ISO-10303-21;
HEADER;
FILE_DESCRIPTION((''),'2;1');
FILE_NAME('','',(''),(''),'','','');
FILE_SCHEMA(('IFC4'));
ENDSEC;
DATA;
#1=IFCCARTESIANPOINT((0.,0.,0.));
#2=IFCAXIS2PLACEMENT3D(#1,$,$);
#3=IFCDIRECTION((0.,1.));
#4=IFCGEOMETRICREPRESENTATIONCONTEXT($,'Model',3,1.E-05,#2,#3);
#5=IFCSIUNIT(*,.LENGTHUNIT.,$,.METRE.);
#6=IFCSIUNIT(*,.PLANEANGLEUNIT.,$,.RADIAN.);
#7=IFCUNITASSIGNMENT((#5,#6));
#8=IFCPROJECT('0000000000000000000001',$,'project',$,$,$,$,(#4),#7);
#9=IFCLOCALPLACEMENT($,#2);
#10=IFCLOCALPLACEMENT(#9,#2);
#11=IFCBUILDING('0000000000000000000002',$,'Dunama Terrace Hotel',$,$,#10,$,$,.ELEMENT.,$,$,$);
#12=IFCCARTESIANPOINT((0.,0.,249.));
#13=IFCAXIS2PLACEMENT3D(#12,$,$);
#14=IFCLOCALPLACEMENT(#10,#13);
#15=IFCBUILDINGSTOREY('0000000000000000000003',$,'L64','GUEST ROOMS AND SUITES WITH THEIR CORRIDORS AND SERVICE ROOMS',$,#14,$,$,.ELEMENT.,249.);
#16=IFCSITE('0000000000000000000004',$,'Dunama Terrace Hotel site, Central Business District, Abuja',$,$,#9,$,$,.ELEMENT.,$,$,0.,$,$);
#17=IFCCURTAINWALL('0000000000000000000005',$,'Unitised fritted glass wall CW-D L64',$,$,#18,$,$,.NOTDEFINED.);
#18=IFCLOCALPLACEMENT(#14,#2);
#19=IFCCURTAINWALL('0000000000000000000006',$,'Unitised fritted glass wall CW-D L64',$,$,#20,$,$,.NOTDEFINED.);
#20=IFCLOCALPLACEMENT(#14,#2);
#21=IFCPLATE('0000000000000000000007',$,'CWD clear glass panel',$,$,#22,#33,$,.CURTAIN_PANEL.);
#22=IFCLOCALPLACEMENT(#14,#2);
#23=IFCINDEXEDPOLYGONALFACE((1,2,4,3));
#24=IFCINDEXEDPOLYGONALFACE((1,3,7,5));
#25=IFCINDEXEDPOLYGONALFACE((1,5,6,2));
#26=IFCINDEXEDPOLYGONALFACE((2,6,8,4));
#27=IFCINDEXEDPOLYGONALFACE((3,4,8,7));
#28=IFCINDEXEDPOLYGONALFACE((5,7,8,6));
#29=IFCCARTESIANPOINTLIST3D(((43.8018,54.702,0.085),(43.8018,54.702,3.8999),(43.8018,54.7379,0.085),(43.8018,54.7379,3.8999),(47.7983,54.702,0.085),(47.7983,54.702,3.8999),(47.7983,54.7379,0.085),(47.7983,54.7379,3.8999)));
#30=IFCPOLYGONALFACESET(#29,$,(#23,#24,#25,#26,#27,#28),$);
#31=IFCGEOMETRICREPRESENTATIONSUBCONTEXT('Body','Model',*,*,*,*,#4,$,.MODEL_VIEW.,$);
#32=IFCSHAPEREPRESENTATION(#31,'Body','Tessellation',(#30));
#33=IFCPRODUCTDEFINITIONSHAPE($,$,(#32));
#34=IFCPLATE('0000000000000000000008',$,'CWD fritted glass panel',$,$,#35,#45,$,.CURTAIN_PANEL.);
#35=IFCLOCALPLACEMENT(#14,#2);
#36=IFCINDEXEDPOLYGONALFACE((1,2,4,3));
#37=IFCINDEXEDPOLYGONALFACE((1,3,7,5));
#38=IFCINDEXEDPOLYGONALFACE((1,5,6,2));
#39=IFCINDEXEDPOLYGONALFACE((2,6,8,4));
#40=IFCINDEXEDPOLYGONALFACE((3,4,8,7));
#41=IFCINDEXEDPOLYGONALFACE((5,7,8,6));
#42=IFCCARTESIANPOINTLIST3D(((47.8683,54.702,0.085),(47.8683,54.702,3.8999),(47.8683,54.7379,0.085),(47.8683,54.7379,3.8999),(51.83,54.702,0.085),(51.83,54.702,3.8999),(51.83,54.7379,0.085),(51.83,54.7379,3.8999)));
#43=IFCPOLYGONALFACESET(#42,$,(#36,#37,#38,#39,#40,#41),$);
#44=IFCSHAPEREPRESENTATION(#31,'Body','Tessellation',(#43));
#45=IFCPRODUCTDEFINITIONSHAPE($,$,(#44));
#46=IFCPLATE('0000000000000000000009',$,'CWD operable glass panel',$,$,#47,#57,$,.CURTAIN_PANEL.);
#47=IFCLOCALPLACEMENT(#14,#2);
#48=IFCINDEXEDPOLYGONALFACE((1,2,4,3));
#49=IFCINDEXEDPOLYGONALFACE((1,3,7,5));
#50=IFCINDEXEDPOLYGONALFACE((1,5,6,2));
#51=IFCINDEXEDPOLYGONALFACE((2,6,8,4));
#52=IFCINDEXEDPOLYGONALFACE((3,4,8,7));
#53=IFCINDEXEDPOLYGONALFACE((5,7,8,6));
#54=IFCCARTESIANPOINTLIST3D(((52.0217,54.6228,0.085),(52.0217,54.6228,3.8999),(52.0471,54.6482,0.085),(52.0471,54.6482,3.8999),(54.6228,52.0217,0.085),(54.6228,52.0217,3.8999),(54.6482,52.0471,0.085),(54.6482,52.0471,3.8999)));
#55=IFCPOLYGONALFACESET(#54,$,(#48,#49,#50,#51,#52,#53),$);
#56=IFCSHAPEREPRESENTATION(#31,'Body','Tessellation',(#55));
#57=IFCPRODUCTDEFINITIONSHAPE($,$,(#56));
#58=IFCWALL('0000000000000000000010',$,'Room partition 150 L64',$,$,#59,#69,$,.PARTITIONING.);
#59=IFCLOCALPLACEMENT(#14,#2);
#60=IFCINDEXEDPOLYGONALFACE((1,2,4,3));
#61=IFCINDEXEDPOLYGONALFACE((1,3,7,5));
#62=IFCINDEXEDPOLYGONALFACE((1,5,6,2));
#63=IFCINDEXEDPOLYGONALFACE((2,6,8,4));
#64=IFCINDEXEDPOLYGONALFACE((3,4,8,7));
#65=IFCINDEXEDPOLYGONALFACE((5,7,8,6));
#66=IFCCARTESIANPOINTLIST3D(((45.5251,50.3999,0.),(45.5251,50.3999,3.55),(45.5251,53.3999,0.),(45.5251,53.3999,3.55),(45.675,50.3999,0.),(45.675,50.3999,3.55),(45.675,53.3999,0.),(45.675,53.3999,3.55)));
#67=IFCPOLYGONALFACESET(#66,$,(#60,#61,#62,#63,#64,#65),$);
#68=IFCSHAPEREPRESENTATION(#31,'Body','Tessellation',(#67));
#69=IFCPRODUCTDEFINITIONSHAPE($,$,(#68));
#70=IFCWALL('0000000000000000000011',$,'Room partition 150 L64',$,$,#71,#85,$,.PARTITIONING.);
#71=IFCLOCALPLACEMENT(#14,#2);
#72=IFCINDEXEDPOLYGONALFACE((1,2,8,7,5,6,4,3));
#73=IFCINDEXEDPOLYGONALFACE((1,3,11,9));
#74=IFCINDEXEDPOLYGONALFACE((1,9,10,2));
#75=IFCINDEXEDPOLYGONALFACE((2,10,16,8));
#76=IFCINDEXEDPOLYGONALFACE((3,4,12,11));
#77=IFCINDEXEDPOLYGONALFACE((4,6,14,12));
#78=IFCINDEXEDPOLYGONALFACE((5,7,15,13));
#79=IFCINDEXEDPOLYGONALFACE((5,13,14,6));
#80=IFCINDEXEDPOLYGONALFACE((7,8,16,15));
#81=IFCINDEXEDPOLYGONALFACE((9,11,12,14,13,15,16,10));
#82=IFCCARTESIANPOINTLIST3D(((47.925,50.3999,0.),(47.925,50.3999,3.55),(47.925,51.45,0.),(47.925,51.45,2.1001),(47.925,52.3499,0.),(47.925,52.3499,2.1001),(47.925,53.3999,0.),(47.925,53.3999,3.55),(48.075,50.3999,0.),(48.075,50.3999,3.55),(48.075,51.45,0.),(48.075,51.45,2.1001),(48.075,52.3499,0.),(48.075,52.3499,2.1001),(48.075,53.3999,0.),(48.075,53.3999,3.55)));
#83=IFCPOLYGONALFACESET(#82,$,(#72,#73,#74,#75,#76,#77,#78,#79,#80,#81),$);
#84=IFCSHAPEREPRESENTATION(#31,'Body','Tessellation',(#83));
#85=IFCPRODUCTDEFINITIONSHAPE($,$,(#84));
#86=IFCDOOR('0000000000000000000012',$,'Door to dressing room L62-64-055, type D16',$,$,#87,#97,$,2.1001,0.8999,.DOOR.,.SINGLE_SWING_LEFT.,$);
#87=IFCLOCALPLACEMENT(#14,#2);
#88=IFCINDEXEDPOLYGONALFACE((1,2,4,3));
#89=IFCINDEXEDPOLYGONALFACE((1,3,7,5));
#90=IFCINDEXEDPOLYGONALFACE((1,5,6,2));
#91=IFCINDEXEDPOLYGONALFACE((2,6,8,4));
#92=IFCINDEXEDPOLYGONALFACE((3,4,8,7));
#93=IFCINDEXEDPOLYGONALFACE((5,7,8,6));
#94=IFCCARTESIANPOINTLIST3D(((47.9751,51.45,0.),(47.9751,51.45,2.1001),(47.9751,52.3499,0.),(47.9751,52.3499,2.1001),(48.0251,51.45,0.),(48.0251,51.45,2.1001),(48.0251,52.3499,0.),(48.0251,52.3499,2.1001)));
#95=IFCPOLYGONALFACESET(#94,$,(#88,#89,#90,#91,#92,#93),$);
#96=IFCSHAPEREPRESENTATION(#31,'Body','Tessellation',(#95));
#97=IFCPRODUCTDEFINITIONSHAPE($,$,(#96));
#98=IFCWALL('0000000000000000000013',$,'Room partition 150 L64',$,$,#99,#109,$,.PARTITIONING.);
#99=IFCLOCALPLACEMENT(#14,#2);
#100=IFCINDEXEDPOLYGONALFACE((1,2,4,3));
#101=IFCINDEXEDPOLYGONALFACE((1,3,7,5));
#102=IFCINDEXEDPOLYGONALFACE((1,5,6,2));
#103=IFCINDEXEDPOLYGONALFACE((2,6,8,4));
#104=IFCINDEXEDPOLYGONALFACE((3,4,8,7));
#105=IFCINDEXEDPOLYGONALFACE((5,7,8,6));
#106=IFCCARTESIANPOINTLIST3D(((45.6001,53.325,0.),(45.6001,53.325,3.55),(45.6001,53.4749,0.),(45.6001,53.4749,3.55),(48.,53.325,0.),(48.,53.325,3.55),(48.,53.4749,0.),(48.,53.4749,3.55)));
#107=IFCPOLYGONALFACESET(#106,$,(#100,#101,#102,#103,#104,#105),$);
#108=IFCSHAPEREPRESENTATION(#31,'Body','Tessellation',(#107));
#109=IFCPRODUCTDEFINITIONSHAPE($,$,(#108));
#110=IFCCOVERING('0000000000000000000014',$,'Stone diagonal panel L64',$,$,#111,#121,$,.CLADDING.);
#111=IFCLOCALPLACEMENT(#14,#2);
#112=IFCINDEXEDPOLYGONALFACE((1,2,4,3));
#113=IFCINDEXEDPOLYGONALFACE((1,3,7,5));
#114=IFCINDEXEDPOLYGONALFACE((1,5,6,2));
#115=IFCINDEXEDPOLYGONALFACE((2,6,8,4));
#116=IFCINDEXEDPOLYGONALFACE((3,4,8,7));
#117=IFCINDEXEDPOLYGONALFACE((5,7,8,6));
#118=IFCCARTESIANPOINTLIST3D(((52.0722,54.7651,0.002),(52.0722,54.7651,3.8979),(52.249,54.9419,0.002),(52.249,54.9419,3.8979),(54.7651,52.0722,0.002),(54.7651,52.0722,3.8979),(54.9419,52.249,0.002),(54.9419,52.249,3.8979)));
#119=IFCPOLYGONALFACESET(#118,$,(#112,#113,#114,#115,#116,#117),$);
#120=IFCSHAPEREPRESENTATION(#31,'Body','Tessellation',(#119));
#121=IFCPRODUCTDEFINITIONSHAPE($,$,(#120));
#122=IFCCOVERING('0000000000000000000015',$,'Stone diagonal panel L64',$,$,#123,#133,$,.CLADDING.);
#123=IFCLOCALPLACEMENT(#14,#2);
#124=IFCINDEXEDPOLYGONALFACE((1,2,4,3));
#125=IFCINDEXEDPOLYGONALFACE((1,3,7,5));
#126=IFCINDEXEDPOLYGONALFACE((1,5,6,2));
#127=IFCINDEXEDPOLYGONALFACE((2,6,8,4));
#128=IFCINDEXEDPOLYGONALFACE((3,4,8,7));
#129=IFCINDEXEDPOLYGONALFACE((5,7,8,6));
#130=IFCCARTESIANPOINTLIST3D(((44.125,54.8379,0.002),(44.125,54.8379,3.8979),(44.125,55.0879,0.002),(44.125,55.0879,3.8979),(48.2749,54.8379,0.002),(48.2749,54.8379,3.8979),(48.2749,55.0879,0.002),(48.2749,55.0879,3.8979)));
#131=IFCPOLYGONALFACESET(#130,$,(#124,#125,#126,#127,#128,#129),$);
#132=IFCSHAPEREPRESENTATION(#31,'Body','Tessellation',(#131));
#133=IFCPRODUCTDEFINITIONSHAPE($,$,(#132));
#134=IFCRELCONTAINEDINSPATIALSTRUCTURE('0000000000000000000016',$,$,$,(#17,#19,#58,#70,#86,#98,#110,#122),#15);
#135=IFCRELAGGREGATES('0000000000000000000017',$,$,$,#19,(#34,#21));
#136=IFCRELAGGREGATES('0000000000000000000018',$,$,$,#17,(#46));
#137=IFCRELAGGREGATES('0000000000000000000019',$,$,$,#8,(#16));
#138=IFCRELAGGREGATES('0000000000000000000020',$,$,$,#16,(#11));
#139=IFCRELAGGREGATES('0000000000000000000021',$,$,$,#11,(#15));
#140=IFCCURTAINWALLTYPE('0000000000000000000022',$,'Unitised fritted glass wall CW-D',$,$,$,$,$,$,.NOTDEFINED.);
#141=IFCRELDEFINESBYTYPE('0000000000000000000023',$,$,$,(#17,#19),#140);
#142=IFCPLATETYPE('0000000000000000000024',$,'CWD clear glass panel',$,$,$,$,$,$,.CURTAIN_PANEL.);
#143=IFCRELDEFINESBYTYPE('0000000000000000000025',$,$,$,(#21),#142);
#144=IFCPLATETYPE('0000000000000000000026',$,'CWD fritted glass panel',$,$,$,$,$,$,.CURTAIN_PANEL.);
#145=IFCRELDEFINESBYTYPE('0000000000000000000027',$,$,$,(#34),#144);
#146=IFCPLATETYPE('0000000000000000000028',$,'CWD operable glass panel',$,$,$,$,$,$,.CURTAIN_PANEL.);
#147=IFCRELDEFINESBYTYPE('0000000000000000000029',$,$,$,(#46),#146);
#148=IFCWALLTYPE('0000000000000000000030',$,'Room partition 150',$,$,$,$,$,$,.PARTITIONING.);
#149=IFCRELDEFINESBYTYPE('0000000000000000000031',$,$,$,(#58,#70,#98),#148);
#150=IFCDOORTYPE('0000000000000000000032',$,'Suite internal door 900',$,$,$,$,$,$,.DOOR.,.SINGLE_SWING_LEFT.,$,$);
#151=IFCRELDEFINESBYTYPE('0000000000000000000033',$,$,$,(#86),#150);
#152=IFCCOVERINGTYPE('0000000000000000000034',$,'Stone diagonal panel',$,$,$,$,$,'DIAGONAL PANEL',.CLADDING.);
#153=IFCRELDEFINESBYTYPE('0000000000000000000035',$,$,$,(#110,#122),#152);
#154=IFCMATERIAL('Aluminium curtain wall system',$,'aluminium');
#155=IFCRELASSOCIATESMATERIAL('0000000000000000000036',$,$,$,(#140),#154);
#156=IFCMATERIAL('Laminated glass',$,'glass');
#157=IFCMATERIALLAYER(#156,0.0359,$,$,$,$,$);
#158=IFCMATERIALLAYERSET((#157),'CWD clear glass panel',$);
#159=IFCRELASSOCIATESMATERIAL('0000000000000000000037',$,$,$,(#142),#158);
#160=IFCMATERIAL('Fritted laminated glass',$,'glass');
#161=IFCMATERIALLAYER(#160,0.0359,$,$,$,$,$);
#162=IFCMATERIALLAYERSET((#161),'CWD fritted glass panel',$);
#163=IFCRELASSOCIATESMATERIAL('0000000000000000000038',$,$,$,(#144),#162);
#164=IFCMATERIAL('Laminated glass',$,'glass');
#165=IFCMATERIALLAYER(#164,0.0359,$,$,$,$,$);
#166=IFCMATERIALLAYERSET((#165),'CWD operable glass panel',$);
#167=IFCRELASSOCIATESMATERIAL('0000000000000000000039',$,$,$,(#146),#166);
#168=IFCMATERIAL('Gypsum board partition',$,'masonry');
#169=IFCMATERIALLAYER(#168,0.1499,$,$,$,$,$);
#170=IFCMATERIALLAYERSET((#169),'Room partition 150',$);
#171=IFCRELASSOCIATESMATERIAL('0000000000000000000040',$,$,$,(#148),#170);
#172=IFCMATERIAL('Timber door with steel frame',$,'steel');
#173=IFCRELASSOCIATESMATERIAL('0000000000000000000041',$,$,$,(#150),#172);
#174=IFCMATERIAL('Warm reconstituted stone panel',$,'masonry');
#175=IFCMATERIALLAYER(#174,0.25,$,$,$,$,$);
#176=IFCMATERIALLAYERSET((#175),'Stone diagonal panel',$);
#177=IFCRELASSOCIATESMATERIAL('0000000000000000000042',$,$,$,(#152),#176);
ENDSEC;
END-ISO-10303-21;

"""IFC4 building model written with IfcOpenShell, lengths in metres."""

from ifc_helpers import new_model, si_unit, direction, frame, frame_2d, origin, origin_2d, place, context, subcontext, project, spatial, rectangle, extrude, material, layer, layer_set, type_object, element, fill, aggregate, save


model = new_model("IFC4")

# Units and contexts
model_context = context("Model", 3, precision=1e-05, world=origin(), true_north=direction((0.0, 1.0)))
body_context = subcontext(model_context, "Body", "Model", "MODEL_VIEW")
ifc_project = project(units=[si_unit("LENGTHUNIT", "METRE"), si_unit("PLANEANGLEUNIT", "RADIAN")], contexts=[model_context])

# Site, building, storey
site_placement = place(None, origin())
site = spatial("IfcSite", under=ifc_project, at=site_placement, Name="Dunama Terrace Hotel site, Central Business District, Abuja", CompositionType="ELEMENT", RefElevation=0.0)
building_placement = place(site_placement, origin())
building = spatial("IfcBuilding", under=site, at=building_placement, Name="Dunama Terrace Hotel", CompositionType="ELEMENT")
storey_placement = place(building_placement, frame((0.0, 0.0, 249.0)))
storey = spatial("IfcBuildingStorey", under=building, at=storey_placement, Name="L64", Description="GUEST ROOMS AND SUITES WITH THEIR CORRIDORS AND SERVICE ROOMS", CompositionType="ELEMENT", Elevation=249.0)

# Curtain walls
ifc_material_1 = material(Name="Aluminium curtain wall system", Category="aluminium")
curtain_wall_type = type_object("IfcCurtainWallType", Name="Unitised fritted glass wall CW-D", PredefinedType="NOTDEFINED", material=ifc_material_1)
curtain_wall_1_placement = place(storey_placement, origin())
curtain_wall_1 = element("IfcCurtainWall", 1, at=curtain_wall_1_placement, inside=storey, type_object=curtain_wall_type, Name="Unitised fritted glass wall CW-D L64", PredefinedType="NOTDEFINED")
curtain_wall_2_placement = place(storey_placement, origin())
curtain_wall_2 = element("IfcCurtainWall", 2, at=curtain_wall_2_placement, inside=storey, type_object=curtain_wall_type, Name="Unitised fritted glass wall CW-D L64", PredefinedType="NOTDEFINED")

# Plates
ifc_material_2 = material(Name="Laminated glass", Category="glass")
ifc_layer_1 = layer(ifc_material_2, 0.0359)
ifc_layer_set_1 = layer_set([ifc_layer_1], Name="CWD clear glass panel")
plate_type_1 = type_object("IfcPlateType", Name="CWD clear glass panel", PredefinedType="CURTAIN_PANEL", material=ifc_layer_set_1)
plate_1_placement = place(storey_placement, frame((45.8, 54.72, 0.085), z_axis=(0.0, 0.0, 1.0), x_axis=(-1.0, 0.0, 0.0)))
plate_1 = element("IfcPlate", 3, at=plate_1_placement, type_object=plate_type_1, Name="CWD clear glass panel", PredefinedType="CURTAIN_PANEL", context=body_context, shape_type="SweptSolid", body=[
    extrude(rectangle(XDim=3.9966, YDim=0.0359, at=origin_2d()), origin(), (0.0, 0.0, 1.0), 3.8149),
])
ifc_material_3 = material(Name="Fritted laminated glass", Category="glass")
ifc_layer_2 = layer(ifc_material_3, 0.0359)
ifc_layer_set_2 = layer_set([ifc_layer_2], Name="CWD fritted glass panel")
plate_type_2 = type_object("IfcPlateType", Name="CWD fritted glass panel", PredefinedType="CURTAIN_PANEL", material=ifc_layer_set_2)
plate_2_placement = place(storey_placement, frame((49.8491, 54.72, 0.085), z_axis=(0.0, 0.0, 1.0), x_axis=(-1.0, 0.0, 0.0)))
plate_2 = element("IfcPlate", 4, at=plate_2_placement, type_object=plate_type_2, Name="CWD fritted glass panel", PredefinedType="CURTAIN_PANEL", context=body_context, shape_type="SweptSolid", body=[
    extrude(rectangle(XDim=3.9617, YDim=0.0359, at=origin_2d()), origin(), (0.0, 0.0, 1.0), 3.8149),
])
aggregate(curtain_wall_2, [plate_2, plate_1])
ifc_material_4 = material(Name="Laminated glass", Category="glass")
ifc_layer_3 = layer(ifc_material_4, 0.0359)
ifc_layer_set_3 = layer_set([ifc_layer_3], Name="CWD operable glass panel")
plate_type_3 = type_object("IfcPlateType", Name="CWD operable glass panel", PredefinedType="CURTAIN_PANEL", material=ifc_layer_set_3)
plate_3_placement = place(storey_placement, frame((53.335, 53.335, 0.085), z_axis=(0.0, 0.0, 1.0), x_axis=(-0.707107, 0.707107, 0.0)))
plate_3 = element("IfcPlate", 5, at=plate_3_placement, type_object=plate_type_3, Name="CWD operable glass panel", PredefinedType="CURTAIN_PANEL", context=body_context, shape_type="SweptSolid", body=[
    extrude(rectangle(XDim=3.6785, YDim=0.0359, at=origin_2d()), origin(), (0.0, 0.0, 1.0), 3.8149),
])
aggregate(curtain_wall_1, [plate_3])

# Wall
ifc_material_5 = material(Name="Gypsum board partition", Category="masonry")
ifc_layer_4 = layer(ifc_material_5, 0.1499)
ifc_layer_set_4 = layer_set([ifc_layer_4], Name="Room partition 150")
wall_type = type_object("IfcWallType", Name="Room partition 150", PredefinedType="PARTITIONING", material=ifc_layer_set_4)
wall_1_placement = place(storey_placement, frame((45.6001, 50.3999, 0.0), z_axis=(0.0, 0.0, 1.0), x_axis=(0.0, 1.0, 0.0)))
element("IfcWall", 6, at=wall_1_placement, inside=storey, type_object=wall_type, Name="Room partition 150 L64", PredefinedType="PARTITIONING", context=body_context, shape_type="SweptSolid", body=[
    extrude(rectangle(XDim=3.0, YDim=0.1499, at=frame_2d((1.5, 0.0))), origin(), (0.0, 0.0, 1.0), 3.55),
])

# Wall, opening, door
wall_2_placement = place(storey_placement, frame((48.0, 50.3999, 0.0), z_axis=(0.0, 0.0, 1.0), x_axis=(0.0, 1.0, 0.0)))
wall_2 = element("IfcWall", 7, at=wall_2_placement, inside=storey, type_object=wall_type, Name="Room partition 150 L64", PredefinedType="PARTITIONING", context=body_context, shape_type="SweptSolid", body=[
    extrude(rectangle(XDim=3.0, YDim=0.1499, at=frame_2d((1.5, 0.0))), origin(), (0.0, 0.0, 1.0), 3.55),
])
opening_placement = place(wall_2_placement, frame((1.05, 0.0, 0.0)))
opening = element("IfcOpeningElement", 8, at=opening_placement, cuts=wall_2, PredefinedType="OPENING", context=body_context, shape_type="SweptSolid", body=[
    extrude(rectangle(XDim=0.8999, YDim=2.1001, at=frame_2d((0.45, 1.05))), frame((0.0, 0.085, 0.0), z_axis=(0.0, -1.0, 0.0), x_axis=(1.0, 0.0, 0.0)), (0.0, 0.0, 1.0), 0.1699),
])
ifc_material_6 = material(Name="Timber door with steel frame", Category="steel")
door_type = type_object("IfcDoorType", Name="Suite internal door 900", OperationType="SINGLE_SWING_LEFT", PredefinedType="DOOR", material=ifc_material_6)
door_placement = place(opening_placement, origin())
door = element("IfcDoor", 9, at=door_placement, inside=storey, type_object=door_type, Name="Door to dressing room L62-64-055, type D16", OperationType="SINGLE_SWING_LEFT", OverallHeight=2.1001, OverallWidth=0.8999, PredefinedType="DOOR", context=body_context, shape_type="SweptSolid", body=[
    extrude(rectangle(XDim=0.8999, YDim=2.1001, at=frame_2d((0.45, 1.05))), frame((0.0, 0.0249, 0.0), z_axis=(0.0, -1.0, 0.0), x_axis=(1.0, 0.0, 0.0)), (0.0, 0.0, 1.0), 0.05),
])
fill(opening, door)

# Wall
wall_3_placement = place(storey_placement, frame((45.6001, 53.3999, 0.0), z_axis=(0.0, 0.0, 1.0), x_axis=(1.0, 0.0, 0.0)))
element("IfcWall", 10, at=wall_3_placement, inside=storey, type_object=wall_type, Name="Room partition 150 L64", PredefinedType="PARTITIONING", context=body_context, shape_type="SweptSolid", body=[
    extrude(rectangle(XDim=2.3999, YDim=0.1499, at=frame_2d((1.2, 0.0))), origin(), (0.0, 0.0, 1.0), 3.55),
])

# Coverings
ifc_material_7 = material(Name="Warm reconstituted stone panel", Category="masonry")
ifc_layer_5 = layer(ifc_material_7, 0.25)
ifc_layer_set_5 = layer_set([ifc_layer_5], Name="Stone diagonal panel")
covering_type = type_object("IfcCoveringType", Name="Stone diagonal panel", ElementType="DIAGONAL PANEL", PredefinedType="CLADDING", material=ifc_layer_set_5)
covering_1_placement = place(storey_placement, frame((53.5071, 53.5071, 0.002), z_axis=(0.0, 0.0, 1.0), x_axis=(-0.707107, 0.707107, 0.0)))
element("IfcCovering", 11, at=covering_1_placement, inside=storey, type_object=covering_type, Name="Stone diagonal panel L64", PredefinedType="CLADDING", context=body_context, shape_type="SweptSolid", body=[
    extrude(rectangle(XDim=3.8083, YDim=0.25, at=origin_2d()), origin(), (0.0, 0.0, 1.0), 3.896),
])
covering_2_placement = place(storey_placement, frame((46.2, 54.9629, 0.002), z_axis=(0.0, 0.0, 1.0), x_axis=(-1.0, 0.0, 0.0)))
element("IfcCovering", 12, at=covering_2_placement, inside=storey, type_object=covering_type, Name="Stone diagonal panel L64", PredefinedType="CLADDING", context=body_context, shape_type="SweptSolid", body=[
    extrude(rectangle(XDim=4.1499, YDim=0.25, at=origin_2d()), origin(), (0.0, 0.0, 1.0), 3.896),
])

save(model, "model.ifc")
